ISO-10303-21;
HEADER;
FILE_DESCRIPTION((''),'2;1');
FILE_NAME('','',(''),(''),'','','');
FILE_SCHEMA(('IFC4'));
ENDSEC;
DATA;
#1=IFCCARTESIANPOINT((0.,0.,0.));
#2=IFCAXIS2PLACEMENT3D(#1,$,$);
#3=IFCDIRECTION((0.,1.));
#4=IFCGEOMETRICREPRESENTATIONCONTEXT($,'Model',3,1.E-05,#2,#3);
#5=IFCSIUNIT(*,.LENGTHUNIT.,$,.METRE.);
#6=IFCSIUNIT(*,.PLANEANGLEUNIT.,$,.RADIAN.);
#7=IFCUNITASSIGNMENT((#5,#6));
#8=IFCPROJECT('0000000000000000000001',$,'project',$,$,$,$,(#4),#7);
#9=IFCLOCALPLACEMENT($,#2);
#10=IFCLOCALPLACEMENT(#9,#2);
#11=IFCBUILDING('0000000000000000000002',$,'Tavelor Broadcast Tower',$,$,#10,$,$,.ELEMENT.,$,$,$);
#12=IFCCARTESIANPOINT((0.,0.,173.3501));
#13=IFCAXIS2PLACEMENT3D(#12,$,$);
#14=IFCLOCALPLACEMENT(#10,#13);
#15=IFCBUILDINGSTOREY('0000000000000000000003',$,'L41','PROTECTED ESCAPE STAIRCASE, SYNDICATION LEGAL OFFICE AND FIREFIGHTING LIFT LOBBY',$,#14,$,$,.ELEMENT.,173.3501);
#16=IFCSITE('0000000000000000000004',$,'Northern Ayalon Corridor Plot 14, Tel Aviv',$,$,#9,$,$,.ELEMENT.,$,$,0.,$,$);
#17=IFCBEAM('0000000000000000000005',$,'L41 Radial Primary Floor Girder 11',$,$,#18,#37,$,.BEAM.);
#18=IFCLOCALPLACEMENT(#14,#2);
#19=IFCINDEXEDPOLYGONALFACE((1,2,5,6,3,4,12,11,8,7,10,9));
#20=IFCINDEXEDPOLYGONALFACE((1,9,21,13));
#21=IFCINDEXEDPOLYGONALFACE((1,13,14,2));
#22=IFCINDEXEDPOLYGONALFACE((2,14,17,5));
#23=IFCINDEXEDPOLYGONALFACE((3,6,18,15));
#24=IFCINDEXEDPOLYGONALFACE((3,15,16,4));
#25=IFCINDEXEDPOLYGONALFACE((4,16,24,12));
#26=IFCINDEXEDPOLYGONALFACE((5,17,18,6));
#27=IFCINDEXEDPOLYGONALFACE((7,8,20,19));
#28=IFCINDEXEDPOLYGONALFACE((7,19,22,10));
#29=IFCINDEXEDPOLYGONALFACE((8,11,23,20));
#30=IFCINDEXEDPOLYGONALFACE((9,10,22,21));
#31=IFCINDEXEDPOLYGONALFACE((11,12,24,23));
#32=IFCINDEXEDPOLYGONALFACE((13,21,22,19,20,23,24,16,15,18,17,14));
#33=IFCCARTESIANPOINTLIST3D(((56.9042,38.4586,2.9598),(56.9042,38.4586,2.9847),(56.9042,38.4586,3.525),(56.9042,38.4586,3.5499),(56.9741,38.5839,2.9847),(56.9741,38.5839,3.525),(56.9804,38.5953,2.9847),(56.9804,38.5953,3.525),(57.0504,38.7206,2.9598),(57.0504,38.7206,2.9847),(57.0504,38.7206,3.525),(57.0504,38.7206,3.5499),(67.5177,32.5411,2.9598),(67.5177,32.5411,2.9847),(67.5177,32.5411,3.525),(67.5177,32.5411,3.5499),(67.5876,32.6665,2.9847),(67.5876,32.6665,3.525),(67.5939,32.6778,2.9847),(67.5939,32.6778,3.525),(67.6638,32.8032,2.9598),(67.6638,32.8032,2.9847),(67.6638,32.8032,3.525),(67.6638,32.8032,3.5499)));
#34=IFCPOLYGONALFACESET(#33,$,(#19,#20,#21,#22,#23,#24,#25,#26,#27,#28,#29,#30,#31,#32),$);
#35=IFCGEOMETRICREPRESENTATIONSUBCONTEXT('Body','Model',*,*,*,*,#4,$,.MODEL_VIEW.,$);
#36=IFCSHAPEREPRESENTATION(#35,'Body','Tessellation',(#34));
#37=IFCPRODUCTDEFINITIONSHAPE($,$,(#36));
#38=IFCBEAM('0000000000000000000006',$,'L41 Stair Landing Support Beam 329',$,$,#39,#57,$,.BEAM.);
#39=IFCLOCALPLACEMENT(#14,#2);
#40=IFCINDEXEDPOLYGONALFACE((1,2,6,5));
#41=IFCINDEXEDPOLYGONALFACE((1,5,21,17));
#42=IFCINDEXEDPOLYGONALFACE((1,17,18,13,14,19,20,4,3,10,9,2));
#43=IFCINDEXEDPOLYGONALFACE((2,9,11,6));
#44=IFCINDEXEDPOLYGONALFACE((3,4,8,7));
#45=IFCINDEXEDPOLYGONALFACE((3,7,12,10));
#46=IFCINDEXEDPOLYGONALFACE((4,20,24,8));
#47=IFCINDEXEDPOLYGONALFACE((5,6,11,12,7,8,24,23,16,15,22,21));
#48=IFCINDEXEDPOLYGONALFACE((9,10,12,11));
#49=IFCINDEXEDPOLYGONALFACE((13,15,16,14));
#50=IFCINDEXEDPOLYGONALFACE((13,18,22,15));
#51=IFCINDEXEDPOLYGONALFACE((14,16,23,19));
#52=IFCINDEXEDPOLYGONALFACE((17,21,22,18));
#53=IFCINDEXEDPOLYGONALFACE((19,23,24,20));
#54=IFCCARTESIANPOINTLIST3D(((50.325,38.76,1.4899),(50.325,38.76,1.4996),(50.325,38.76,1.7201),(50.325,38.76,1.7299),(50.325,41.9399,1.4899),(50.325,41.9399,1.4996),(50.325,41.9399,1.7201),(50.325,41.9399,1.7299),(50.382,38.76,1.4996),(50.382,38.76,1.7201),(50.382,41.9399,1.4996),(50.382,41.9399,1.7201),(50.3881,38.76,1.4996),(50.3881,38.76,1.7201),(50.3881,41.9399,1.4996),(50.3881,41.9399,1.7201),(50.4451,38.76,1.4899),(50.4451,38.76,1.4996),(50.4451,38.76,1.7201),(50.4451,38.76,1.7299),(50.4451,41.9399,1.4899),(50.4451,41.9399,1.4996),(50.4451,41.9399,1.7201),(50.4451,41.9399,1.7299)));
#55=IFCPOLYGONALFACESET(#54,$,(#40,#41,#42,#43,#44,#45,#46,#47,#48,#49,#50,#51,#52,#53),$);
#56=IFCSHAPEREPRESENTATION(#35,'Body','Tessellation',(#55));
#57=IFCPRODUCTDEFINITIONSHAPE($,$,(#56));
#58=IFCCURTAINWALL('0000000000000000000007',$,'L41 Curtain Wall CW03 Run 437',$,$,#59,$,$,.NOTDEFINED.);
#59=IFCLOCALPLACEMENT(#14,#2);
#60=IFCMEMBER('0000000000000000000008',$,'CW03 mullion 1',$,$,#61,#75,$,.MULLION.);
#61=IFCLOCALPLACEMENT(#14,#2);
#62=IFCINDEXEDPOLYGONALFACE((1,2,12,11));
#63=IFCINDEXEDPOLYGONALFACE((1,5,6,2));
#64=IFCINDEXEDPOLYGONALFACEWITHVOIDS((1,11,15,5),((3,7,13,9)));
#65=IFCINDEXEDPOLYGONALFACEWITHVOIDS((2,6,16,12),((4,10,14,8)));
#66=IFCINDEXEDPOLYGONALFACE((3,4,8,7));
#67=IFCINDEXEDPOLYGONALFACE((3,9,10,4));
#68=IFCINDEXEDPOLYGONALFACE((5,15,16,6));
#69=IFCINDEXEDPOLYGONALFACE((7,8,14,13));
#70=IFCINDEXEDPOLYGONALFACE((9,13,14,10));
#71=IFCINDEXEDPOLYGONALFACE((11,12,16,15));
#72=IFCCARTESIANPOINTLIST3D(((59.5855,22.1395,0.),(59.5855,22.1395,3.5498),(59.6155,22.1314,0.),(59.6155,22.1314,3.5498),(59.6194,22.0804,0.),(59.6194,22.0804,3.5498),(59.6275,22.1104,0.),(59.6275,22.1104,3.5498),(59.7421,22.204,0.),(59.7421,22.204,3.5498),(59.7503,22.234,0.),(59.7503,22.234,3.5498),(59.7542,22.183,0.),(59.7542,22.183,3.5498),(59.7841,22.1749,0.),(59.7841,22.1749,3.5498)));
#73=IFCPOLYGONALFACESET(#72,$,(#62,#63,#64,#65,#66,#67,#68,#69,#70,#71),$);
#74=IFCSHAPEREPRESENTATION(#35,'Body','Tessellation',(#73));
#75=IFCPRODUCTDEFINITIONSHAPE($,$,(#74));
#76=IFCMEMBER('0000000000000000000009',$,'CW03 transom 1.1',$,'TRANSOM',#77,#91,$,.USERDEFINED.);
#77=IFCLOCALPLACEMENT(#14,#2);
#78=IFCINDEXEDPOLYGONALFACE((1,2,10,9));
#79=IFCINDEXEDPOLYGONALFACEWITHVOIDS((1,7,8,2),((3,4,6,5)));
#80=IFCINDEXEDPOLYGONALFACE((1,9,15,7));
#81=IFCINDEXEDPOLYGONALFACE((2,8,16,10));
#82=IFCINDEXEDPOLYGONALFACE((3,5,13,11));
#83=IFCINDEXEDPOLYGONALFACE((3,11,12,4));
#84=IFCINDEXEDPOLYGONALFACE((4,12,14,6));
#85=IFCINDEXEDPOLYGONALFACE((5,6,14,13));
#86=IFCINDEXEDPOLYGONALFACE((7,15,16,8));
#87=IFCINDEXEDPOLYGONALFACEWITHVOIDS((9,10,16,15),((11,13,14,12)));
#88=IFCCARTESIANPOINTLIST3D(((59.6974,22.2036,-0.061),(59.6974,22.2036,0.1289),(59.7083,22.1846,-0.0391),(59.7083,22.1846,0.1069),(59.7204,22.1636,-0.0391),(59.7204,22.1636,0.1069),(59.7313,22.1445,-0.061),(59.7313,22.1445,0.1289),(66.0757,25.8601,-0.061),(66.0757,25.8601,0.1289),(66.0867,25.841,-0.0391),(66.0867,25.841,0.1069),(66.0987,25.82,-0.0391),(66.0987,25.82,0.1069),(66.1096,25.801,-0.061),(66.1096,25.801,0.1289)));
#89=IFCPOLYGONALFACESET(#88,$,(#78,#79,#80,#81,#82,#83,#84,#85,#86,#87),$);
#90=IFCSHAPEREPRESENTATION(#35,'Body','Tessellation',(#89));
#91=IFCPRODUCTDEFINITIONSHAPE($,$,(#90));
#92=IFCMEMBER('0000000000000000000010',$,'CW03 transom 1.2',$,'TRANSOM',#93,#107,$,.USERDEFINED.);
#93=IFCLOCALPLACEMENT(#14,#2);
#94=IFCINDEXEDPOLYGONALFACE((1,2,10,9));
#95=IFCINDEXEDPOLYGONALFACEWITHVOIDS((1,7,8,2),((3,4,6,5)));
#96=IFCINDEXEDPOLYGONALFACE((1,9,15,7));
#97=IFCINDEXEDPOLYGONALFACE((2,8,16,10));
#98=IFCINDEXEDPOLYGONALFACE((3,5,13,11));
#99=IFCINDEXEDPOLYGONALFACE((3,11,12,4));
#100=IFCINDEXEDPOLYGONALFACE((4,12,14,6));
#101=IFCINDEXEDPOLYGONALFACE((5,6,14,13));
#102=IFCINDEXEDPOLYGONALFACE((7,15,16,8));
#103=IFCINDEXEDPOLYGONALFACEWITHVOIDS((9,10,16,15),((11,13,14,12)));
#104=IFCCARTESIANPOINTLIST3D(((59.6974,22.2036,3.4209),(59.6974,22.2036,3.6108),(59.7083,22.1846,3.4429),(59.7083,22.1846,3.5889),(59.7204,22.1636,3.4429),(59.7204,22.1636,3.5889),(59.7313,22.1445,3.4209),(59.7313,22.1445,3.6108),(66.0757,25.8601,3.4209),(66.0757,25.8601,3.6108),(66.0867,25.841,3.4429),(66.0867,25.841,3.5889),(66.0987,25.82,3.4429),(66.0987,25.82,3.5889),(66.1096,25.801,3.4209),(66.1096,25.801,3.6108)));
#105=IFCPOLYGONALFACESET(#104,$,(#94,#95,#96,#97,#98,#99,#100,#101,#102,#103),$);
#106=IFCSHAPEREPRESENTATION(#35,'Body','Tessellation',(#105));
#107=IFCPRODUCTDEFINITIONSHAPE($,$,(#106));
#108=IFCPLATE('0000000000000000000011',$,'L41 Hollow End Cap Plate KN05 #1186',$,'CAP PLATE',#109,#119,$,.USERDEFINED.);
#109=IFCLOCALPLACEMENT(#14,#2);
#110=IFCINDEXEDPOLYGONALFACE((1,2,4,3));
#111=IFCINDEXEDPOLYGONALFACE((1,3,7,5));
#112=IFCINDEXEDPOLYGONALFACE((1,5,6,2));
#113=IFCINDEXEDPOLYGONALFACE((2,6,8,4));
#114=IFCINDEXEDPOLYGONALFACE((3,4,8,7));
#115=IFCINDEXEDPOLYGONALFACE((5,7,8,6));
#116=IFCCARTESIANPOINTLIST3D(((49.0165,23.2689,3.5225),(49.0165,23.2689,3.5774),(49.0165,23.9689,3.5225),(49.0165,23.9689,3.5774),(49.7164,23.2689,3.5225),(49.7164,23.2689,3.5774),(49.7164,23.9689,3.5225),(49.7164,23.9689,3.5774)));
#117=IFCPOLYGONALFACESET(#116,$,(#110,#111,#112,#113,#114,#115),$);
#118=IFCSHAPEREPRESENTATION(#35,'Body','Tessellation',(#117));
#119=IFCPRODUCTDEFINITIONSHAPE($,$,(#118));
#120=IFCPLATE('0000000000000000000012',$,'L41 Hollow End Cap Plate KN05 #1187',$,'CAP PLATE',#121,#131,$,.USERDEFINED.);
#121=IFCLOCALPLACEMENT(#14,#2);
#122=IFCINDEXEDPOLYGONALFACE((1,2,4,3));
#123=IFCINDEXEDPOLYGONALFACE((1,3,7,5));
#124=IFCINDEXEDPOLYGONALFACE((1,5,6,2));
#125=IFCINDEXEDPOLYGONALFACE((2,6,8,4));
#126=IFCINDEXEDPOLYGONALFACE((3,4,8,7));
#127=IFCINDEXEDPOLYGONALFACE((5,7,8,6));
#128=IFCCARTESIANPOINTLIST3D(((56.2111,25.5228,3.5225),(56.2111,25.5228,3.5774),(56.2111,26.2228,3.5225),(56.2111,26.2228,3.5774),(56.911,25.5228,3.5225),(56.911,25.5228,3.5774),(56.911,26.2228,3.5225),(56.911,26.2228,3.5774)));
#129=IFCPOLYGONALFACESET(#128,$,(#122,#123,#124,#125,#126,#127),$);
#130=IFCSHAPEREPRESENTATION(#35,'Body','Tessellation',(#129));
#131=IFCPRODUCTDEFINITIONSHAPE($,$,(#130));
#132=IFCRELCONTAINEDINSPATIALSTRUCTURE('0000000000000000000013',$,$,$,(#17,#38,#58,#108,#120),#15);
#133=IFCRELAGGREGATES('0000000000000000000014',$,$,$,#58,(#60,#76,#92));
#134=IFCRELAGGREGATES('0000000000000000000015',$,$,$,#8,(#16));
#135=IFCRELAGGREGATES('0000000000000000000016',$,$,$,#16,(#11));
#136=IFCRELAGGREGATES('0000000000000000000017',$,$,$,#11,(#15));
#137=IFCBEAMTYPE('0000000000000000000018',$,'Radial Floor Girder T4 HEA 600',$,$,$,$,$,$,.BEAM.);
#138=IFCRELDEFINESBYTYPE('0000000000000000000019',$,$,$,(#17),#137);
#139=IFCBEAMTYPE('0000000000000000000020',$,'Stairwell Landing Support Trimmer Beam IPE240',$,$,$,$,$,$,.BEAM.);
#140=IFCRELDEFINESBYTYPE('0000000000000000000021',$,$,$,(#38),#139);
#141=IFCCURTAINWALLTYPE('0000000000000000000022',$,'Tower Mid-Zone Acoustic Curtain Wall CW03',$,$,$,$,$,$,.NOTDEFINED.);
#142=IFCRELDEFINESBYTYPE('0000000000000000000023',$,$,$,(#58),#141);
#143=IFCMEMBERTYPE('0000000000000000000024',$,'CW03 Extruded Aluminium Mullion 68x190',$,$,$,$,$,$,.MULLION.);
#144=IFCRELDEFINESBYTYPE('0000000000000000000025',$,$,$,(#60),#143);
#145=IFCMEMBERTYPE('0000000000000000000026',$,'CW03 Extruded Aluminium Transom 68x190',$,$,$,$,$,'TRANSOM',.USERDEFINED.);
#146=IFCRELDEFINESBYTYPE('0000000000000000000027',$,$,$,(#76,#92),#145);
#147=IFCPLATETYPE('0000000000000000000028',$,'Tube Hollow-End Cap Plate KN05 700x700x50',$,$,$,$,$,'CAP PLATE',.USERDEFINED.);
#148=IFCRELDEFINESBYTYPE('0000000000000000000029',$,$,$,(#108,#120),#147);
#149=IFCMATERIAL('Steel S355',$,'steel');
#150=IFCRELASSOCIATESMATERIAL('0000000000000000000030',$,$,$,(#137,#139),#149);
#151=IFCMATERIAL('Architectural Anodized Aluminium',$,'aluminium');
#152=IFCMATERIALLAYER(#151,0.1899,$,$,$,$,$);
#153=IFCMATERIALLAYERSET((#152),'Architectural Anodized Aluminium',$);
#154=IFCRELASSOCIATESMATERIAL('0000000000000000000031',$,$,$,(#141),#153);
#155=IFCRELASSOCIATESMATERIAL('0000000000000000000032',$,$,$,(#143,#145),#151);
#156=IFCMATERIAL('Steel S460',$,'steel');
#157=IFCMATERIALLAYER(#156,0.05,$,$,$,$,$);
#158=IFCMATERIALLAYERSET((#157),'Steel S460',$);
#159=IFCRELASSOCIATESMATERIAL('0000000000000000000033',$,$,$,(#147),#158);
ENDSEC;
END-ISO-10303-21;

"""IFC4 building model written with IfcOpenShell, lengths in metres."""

from ifc_helpers import new_model, si_unit, direction, frame, origin, origin_2d, place, context, subcontext, project, spatial, rectangle, hollow_rectangle, i_section, extrude, source, transform, mapped, material, layer, layer_set, material_profile, profile_set, type_object, type_shapes, element, aggregate, save


model = new_model("IFC4")

# Units and contexts
model_context = context("Model", 3, precision=1e-05, world=origin(), true_north=direction((0.0, 1.0)))
body_context = subcontext(model_context, "Body", "Model", "MODEL_VIEW")
ifc_project = project(units=[si_unit("LENGTHUNIT", "METRE"), si_unit("PLANEANGLEUNIT", "RADIAN")], contexts=[model_context])

# Site, building, storey
site_placement = place(None, origin())
site = spatial("IfcSite", under=ifc_project, at=site_placement, Name="Northern Ayalon Corridor Plot 14, Tel Aviv", CompositionType="ELEMENT", RefElevation=0.0)
building_placement = place(site_placement, origin())
building = spatial("IfcBuilding", under=site, at=building_placement, Name="Tavelor Broadcast Tower", CompositionType="ELEMENT")
storey_placement = place(building_placement, frame((0.0, 0.0, 173.3501)))
storey = spatial("IfcBuildingStorey", under=building, at=storey_placement, Name="L41", Description="PROTECTED ESCAPE STAIRCASE, SYNDICATION LEGAL OFFICE AND FIREFIGHTING LIFT LOBBY", CompositionType="ELEMENT", Elevation=173.3501)

# Shared definitions
ifc_material_1 = material(Name="Steel S460", Category="steel")

# Beams
ifc_material_2 = material(Name="Steel S355", Category="steel")
ifc_material_profile_1 = material_profile(ifc_material_2, i_section(OverallWidth=0.3, OverallDepth=0.5901, WebThickness=0.0129, FlangeThickness=0.0249, at=origin_2d()), Name="HEA 600")
ifc_profile_set_1 = profile_set([ifc_material_profile_1], Name="Steel S355")
beam_type_1 = type_object("IfcBeamType", Name="Radial Floor Girder T4 HEA 600", PredefinedType="BEAM", material=ifc_profile_set_1)
beam_1_placement = place(storey_placement, frame((56.9773, 38.5896, 3.2549), z_axis=(0.87342, -0.486968, 0.0), x_axis=(0.486968, 0.87342, 0.0)))
element("IfcBeam", 1, at=beam_1_placement, inside=storey, type_object=beam_type_1, Name="L41 Radial Primary Floor Girder 11", PredefinedType="BEAM", context=body_context, shape_type="SweptSolid", body=[
    extrude(i_section(OverallWidth=0.3, OverallDepth=0.5901, WebThickness=0.0129, FlangeThickness=0.0249, at=origin_2d()), origin(), (0.0, 0.0, 1.0), 12.1516),
])
ifc_material_profile_2 = material_profile(ifc_material_2, i_section(OverallWidth=0.1201, OverallDepth=0.24, WebThickness=0.0061, FlangeThickness=0.0098, at=origin_2d()), Name="IPE 240")
ifc_profile_set_2 = profile_set([ifc_material_profile_2], Name="Steel S355")
beam_type_2 = type_object("IfcBeamType", Name="Stairwell Landing Support Trimmer Beam IPE240", PredefinedType="BEAM", material=ifc_profile_set_2)
beam_2_placement = place(storey_placement, frame((50.385, 38.76, 1.6099), z_axis=(0.0, 1.0, 0.0), x_axis=(-1.0, 0.0, 0.0)))
element("IfcBeam", 2, at=beam_2_placement, inside=storey, type_object=beam_type_2, Name="L41 Stair Landing Support Beam 329", PredefinedType="BEAM", context=body_context, shape_type="SweptSolid", body=[
    extrude(i_section(OverallWidth=0.1201, OverallDepth=0.24, WebThickness=0.0061, FlangeThickness=0.0098, at=origin_2d()), origin(), (0.0, 0.0, 1.0), 3.1799),
])

# Curtain wall, members
ifc_material_3 = material(Name="Architectural Anodized Aluminium", Category="aluminium")
ifc_layer_1 = layer(ifc_material_3, 0.1899)
ifc_layer_set_1 = layer_set([ifc_layer_1], Name="Architectural Anodized Aluminium")
curtain_wall_type = type_object("IfcCurtainWallType", Name="Tower Mid-Zone Acoustic Curtain Wall CW03", PredefinedType="NOTDEFINED", material=ifc_layer_set_1)
curtain_wall_placement = place(storey_placement, origin())
curtain_wall = element("IfcCurtainWall", 3, at=curtain_wall_placement, inside=storey, type_object=curtain_wall_type, Name="L41 Curtain Wall CW03 Run 437", PredefinedType="NOTDEFINED")
ifc_material_profile_3 = material_profile(ifc_material_3, hollow_rectangle(XDim=0.0681, YDim=0.1899, WallThickness=0.022, at=origin_2d()), Name="RHS 68x190x22")
ifc_profile_set_3 = profile_set([ifc_material_profile_3], Name="Architectural Anodized Aluminium")
member_type_1 = type_object("IfcMemberType", Name="CW03 Extruded Aluminium Mullion 68x190", PredefinedType="MULLION", material=ifc_profile_set_3)
shared_shape_1 = source(origin(), body_context, "Body", "SweptSolid", [
    extrude(hollow_rectangle(XDim=0.0681, YDim=0.1899, WallThickness=0.022, at=origin_2d()), origin(), (0.0, 0.0, 1.0), 3.5498),
])
type_shapes(member_type_1, [shared_shape_1])
member_1_placement = place(storey_placement, frame((59.6848, 22.1572, 0.0), z_axis=(0.0, 0.0, 1.0), x_axis=(-0.497354, 0.867548, 0.0)))
member_1 = element("IfcMember", 4, at=member_1_placement, type_object=member_type_1, Name="CW03 mullion 1", PredefinedType="MULLION", context=body_context, shape_type="MappedRepresentation", body=[
    mapped(shared_shape_1, transform((0.0, 0.0, 0.0), scale=1.0)),
])
ifc_material_profile_4 = material_profile(ifc_material_3, hollow_rectangle(XDim=0.0681, YDim=0.1899, WallThickness=0.022, at=origin_2d()), Name="RHS 68x190x22")
ifc_profile_set_4 = profile_set([ifc_material_profile_4], Name="Architectural Anodized Aluminium")
member_type_2 = type_object("IfcMemberType", Name="CW03 Extruded Aluminium Transom 68x190", ElementType="TRANSOM", PredefinedType="USERDEFINED", material=ifc_profile_set_4)
shared_shape_2 = source(origin(), body_context, "Body", "SweptSolid", [
    extrude(hollow_rectangle(XDim=0.0681, YDim=0.1899, WallThickness=0.022, at=origin_2d()), origin(), (0.0, 0.0, 1.0), 7.3521),
])
type_shapes(member_type_2, [shared_shape_2])
member_2_placement = place(storey_placement, frame((59.7144, 22.1741, 0.0339), z_axis=(0.867558, 0.497336, 0.0), x_axis=(-0.497336, 0.867558, 0.0)))
member_2 = element("IfcMember", 5, at=member_2_placement, type_object=member_type_2, Name="CW03 transom 1.1", ObjectType="TRANSOM", PredefinedType="USERDEFINED", context=body_context, shape_type="MappedRepresentation", body=[
    mapped(shared_shape_2, transform((0.0, 0.0, 0.0), scale=1.0)),
])
member_3_placement = place(storey_placement, frame((59.7144, 22.1741, 3.5159), z_axis=(0.867558, 0.497336, 0.0), x_axis=(-0.497336, 0.867558, 0.0)))
member_3 = element("IfcMember", 6, at=member_3_placement, type_object=member_type_2, Name="CW03 transom 1.2", ObjectType="TRANSOM", PredefinedType="USERDEFINED", context=body_context, shape_type="MappedRepresentation", body=[
    mapped(shared_shape_2, transform((0.0, 0.0, 0.0), scale=1.0)),
])
aggregate(curtain_wall, [member_1, member_2, member_3])

# Plates
ifc_layer_2 = layer(ifc_material_1, 0.05)
ifc_layer_set_2 = layer_set([ifc_layer_2], Name="Steel S460")
plate_type = type_object("IfcPlateType", Name="Tube Hollow-End Cap Plate KN05 700x700x50", ElementType="CAP PLATE", PredefinedType="USERDEFINED", material=ifc_layer_set_2)
shared_shape_3 = source(origin(), body_context, "Body", "SweptSolid", [
    extrude(rectangle(XDim=0.7, YDim=0.7, at=origin_2d()), origin(), (0.0, 0.0, 1.0), 0.0549),
])
type_shapes(plate_type, [shared_shape_3])
for number, where, z_axis, x_axis, name in (
    (7, (49.3665, 23.6189, 3.5225), (0.0, 0.0, 1.0), (1.0, 0.0, 0.0), "L41 Hollow End Cap Plate KN05 #1186"),
    (8, (56.561, 25.8728, 3.5225), (0.0, 0.0, 1.0), (1.0, 0.0, 0.0), "L41 Hollow End Cap Plate KN05 #1187"),
):
    element("IfcPlate", number, at=place(storey_placement, frame(where, z_axis=z_axis, x_axis=x_axis)), inside=storey, type_object=plate_type, Name=name, ObjectType="CAP PLATE", PredefinedType="USERDEFINED", context=body_context, shape_type="MappedRepresentation", body=[
        mapped(shared_shape_3, transform((0.0, 0.0, 0.0), scale=1.0)),
    ])

save(model, "model.ifc")
